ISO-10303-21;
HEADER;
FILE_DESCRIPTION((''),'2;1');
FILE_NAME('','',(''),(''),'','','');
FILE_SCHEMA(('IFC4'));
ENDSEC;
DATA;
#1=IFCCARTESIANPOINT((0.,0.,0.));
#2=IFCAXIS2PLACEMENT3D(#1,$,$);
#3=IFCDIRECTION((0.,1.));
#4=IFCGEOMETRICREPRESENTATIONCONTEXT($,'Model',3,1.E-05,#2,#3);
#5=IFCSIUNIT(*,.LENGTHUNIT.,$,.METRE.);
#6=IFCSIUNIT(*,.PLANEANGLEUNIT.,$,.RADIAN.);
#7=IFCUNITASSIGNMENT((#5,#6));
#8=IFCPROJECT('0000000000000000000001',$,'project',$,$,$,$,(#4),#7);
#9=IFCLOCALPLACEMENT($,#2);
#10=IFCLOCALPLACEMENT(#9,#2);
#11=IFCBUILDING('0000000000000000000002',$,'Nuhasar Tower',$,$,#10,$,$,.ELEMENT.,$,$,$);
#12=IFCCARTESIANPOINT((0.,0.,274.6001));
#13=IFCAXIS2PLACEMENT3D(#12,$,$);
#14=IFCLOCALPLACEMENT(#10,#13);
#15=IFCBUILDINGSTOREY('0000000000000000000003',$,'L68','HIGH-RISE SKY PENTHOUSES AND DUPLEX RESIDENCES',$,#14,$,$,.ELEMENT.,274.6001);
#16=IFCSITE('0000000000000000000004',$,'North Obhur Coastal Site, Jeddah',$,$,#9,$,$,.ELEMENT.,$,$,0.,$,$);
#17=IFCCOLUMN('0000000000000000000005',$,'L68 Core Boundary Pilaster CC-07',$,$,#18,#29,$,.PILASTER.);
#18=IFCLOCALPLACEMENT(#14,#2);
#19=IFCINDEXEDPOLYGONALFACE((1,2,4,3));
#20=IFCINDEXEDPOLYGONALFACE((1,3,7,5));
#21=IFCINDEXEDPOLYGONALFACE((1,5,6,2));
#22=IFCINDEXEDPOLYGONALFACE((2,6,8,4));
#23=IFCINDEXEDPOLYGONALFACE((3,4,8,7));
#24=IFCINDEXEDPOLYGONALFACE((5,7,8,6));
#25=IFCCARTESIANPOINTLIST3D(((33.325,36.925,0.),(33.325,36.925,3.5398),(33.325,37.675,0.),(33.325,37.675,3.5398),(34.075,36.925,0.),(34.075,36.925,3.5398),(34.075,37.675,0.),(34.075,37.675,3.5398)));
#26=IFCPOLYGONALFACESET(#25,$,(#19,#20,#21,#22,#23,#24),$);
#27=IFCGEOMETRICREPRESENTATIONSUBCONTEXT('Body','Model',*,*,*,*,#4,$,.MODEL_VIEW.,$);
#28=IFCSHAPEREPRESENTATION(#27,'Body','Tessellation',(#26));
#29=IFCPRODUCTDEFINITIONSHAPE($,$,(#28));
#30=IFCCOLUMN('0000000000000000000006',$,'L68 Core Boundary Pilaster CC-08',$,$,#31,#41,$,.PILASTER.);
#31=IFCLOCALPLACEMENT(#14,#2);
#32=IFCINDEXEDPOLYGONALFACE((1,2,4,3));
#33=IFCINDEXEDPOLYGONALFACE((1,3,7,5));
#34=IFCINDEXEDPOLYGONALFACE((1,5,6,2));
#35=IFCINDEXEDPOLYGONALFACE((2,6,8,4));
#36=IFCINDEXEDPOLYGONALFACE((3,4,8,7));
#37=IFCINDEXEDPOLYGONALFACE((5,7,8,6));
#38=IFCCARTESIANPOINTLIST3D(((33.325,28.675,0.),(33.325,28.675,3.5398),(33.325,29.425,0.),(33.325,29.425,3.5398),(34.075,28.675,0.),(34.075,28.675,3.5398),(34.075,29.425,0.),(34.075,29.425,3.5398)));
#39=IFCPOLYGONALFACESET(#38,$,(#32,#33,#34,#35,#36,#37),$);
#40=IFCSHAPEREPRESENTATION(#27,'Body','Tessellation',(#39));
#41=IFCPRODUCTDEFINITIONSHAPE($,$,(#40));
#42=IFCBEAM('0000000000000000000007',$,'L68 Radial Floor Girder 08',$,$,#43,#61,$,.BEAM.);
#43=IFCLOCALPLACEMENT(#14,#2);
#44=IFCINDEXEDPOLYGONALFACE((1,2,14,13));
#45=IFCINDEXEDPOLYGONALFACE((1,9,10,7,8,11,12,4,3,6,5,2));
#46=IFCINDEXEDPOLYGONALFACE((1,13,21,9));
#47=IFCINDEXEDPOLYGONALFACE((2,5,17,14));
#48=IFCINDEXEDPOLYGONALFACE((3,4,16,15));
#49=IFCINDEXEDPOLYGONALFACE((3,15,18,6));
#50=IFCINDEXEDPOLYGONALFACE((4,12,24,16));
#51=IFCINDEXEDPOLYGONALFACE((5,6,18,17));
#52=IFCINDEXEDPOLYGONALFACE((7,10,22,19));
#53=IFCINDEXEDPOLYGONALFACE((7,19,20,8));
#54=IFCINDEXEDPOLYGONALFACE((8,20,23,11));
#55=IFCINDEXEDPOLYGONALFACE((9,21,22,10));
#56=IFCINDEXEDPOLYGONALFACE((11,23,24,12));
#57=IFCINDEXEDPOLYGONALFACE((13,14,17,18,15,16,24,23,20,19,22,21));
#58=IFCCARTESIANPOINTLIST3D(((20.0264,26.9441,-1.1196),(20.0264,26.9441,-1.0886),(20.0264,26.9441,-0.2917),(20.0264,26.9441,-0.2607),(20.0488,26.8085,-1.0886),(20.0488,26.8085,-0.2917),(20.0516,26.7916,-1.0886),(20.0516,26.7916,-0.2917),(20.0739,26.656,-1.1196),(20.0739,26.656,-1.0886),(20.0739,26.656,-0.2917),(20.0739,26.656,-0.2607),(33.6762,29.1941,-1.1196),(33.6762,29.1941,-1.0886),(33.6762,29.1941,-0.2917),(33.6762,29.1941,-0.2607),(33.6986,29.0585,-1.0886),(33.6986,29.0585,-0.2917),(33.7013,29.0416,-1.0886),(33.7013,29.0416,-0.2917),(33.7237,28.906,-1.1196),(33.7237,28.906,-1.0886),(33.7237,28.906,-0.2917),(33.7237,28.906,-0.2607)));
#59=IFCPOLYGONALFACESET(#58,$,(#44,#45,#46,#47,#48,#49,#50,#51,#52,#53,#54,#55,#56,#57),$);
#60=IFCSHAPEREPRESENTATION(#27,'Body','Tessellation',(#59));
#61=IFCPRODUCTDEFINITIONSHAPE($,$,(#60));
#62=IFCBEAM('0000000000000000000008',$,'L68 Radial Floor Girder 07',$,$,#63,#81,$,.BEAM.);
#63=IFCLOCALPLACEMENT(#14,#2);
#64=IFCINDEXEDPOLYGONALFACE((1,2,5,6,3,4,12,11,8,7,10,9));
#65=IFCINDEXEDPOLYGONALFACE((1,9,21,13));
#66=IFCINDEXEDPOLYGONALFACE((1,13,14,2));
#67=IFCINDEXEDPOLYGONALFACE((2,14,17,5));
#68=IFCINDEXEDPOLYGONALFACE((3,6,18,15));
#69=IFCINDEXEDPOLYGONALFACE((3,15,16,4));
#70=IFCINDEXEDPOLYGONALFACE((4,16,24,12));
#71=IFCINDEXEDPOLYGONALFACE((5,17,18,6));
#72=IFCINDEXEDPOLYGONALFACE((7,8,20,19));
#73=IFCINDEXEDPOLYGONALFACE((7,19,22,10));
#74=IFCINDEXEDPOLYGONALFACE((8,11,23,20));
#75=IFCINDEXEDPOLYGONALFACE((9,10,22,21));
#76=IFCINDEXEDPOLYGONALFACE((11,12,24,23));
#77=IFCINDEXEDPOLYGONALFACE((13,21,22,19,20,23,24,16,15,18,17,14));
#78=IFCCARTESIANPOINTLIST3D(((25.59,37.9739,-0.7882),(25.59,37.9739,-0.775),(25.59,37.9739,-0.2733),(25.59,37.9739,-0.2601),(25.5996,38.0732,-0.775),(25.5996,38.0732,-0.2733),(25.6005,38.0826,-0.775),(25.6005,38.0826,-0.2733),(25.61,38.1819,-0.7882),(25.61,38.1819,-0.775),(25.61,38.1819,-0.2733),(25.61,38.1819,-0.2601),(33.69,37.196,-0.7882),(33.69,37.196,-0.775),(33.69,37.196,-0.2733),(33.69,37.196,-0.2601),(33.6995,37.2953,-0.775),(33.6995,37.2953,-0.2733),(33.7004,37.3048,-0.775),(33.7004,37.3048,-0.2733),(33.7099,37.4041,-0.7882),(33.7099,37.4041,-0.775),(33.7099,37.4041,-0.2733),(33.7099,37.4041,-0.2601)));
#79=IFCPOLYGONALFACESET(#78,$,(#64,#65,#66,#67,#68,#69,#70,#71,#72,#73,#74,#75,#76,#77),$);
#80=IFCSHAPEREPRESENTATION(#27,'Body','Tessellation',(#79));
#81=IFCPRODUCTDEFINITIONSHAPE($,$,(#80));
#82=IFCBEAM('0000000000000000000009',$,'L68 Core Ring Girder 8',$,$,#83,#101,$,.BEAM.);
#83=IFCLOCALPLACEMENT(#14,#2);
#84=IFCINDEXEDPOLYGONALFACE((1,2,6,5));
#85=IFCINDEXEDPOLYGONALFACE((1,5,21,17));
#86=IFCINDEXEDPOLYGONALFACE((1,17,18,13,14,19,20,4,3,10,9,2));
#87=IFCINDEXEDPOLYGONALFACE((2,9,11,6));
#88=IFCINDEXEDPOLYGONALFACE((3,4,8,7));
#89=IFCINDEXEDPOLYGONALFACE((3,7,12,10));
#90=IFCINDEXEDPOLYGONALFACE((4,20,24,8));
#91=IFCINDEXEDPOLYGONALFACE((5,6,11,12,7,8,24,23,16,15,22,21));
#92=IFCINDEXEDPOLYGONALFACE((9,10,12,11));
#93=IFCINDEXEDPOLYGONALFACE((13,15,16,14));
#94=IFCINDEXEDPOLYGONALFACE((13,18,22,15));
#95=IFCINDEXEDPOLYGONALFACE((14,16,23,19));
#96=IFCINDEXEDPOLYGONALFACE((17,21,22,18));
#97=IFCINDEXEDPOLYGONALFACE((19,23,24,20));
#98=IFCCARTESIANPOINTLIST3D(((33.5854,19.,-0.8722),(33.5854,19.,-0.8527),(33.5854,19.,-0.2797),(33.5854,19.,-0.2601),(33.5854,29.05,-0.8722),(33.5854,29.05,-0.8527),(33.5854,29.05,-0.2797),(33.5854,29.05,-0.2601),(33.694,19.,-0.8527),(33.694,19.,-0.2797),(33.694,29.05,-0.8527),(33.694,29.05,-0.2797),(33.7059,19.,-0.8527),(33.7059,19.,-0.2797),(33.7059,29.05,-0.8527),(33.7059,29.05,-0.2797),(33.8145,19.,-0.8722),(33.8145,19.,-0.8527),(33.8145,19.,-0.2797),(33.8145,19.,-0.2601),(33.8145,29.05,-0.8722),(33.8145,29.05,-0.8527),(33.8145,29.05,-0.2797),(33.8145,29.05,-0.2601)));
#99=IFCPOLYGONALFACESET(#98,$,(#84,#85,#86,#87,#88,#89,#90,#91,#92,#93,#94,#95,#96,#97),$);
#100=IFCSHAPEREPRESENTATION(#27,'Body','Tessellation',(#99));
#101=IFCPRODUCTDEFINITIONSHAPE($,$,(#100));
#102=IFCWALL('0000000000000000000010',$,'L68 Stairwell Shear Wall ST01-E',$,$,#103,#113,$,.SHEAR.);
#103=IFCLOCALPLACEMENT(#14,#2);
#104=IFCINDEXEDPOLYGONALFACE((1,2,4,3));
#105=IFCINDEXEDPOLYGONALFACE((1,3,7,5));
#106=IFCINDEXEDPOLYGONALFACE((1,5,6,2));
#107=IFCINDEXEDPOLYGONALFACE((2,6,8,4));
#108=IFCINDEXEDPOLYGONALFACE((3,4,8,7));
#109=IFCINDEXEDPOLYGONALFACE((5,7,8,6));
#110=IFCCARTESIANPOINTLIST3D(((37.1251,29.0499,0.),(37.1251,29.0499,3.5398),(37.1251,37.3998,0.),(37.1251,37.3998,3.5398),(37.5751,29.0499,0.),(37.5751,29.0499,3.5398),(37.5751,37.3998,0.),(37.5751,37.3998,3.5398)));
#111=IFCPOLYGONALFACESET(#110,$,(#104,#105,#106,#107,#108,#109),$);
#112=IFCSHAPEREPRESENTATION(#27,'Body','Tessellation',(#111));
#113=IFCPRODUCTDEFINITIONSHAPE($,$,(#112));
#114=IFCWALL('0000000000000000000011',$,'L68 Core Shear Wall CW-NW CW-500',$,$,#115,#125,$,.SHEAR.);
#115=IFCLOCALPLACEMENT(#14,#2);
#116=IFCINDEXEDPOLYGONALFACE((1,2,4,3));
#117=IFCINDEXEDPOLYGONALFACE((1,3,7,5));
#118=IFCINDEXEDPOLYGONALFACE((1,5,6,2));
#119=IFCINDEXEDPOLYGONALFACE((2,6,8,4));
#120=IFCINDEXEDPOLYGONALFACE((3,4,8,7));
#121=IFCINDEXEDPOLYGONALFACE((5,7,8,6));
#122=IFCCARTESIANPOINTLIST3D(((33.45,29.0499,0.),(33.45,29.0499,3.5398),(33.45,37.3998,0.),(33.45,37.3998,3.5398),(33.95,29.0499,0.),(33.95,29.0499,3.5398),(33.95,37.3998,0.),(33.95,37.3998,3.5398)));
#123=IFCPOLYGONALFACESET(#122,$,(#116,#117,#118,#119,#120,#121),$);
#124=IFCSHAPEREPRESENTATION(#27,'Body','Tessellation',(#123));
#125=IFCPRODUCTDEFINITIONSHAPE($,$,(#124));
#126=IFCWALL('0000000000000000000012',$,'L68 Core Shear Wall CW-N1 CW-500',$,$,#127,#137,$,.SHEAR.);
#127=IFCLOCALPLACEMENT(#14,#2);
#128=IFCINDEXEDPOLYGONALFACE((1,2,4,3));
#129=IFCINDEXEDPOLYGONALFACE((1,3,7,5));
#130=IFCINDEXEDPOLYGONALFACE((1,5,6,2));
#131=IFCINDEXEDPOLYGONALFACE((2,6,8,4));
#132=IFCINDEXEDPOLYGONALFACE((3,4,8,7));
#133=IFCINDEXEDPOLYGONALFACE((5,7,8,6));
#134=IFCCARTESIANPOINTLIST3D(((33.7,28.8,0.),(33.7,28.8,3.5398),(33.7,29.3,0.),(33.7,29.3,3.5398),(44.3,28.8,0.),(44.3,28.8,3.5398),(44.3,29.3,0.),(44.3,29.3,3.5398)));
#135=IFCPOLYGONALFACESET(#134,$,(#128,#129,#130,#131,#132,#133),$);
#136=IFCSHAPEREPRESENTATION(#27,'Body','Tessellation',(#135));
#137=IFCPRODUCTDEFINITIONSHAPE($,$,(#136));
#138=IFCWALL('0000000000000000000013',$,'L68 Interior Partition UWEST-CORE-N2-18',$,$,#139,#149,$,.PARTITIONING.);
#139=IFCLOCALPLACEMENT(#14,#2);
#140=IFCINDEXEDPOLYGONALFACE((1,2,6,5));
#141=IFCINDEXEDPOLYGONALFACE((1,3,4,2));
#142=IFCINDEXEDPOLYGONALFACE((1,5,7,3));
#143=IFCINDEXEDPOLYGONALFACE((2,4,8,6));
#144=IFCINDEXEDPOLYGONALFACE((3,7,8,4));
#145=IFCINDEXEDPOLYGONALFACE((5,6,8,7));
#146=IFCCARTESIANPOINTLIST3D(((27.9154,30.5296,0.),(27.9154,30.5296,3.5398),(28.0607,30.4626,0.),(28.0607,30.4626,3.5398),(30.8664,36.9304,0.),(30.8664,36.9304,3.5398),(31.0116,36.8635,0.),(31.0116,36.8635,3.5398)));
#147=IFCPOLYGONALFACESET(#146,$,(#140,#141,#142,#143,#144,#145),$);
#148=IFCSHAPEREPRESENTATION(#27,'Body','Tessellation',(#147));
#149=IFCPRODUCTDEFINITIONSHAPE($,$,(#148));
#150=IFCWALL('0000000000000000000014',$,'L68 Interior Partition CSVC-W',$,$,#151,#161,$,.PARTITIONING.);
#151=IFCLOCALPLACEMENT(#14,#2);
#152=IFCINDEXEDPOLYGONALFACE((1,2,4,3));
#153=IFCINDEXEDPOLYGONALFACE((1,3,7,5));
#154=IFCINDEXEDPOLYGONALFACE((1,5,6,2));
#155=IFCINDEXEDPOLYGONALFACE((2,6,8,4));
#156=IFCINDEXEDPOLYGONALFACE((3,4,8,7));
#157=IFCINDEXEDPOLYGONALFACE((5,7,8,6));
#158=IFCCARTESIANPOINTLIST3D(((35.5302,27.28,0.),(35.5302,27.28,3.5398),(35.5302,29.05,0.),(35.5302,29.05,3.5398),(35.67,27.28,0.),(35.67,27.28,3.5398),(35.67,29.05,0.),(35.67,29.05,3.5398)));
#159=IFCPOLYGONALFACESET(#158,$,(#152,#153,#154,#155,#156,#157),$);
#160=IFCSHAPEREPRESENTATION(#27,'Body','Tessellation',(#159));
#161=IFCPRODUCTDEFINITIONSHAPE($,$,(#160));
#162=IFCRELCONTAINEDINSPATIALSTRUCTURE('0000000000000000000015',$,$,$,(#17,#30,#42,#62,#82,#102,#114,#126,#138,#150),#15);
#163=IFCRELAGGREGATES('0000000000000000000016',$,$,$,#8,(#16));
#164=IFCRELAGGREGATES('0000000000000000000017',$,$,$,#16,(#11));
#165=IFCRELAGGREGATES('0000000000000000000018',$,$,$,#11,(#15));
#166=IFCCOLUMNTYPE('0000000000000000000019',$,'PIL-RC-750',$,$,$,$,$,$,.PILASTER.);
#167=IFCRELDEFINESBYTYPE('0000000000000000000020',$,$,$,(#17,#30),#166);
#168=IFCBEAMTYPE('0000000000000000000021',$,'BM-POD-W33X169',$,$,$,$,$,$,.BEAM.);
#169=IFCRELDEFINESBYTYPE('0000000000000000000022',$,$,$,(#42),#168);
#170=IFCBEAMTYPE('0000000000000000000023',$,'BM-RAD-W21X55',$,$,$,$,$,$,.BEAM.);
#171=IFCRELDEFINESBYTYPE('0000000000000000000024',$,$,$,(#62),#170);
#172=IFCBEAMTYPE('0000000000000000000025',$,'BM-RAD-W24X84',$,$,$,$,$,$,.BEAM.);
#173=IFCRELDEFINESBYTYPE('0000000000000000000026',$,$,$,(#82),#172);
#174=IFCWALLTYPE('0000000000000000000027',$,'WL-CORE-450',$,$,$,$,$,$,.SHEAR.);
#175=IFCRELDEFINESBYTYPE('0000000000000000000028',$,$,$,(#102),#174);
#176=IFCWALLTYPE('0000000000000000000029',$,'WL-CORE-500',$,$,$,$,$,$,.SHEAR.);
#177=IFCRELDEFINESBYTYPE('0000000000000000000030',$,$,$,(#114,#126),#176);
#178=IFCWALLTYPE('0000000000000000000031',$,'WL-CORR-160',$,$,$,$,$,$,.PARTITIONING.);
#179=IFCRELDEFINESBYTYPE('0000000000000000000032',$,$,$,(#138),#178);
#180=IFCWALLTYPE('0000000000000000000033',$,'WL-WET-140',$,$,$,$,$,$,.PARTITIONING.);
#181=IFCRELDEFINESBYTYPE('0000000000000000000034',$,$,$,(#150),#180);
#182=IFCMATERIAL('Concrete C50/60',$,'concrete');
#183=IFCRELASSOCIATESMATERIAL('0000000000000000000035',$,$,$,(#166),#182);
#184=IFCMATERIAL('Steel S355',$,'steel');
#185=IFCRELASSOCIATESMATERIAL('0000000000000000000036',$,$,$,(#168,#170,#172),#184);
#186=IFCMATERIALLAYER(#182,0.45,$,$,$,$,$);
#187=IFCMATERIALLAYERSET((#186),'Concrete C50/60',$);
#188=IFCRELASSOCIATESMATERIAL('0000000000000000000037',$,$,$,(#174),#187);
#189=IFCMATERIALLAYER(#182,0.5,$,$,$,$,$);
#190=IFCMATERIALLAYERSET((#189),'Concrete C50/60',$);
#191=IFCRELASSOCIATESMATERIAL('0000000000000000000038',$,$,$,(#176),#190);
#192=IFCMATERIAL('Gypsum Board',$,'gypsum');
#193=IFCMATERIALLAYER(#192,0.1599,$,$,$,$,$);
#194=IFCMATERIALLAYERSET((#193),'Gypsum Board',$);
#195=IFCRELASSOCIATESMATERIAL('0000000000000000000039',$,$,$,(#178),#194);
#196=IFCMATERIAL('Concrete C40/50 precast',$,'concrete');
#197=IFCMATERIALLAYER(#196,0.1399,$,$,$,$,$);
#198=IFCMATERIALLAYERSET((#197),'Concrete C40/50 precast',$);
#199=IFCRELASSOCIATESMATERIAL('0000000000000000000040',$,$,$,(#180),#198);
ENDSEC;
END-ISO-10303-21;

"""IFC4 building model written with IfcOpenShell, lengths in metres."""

from ifc_helpers import new_model, si_unit, direction, frame, frame_2d, origin, origin_2d, place, context, subcontext, project, spatial, rectangle, i_section, extrude, material, layer, layer_set, material_profile, profile_set, type_object, element, save


model = new_model("IFC4")

# Units and contexts
model_context = context("Model", 3, precision=1e-05, world=origin(), true_north=direction((0.0, 1.0)))
body_context = subcontext(model_context, "Body", "Model", "MODEL_VIEW")
ifc_project = project(units=[si_unit("LENGTHUNIT", "METRE"), si_unit("PLANEANGLEUNIT", "RADIAN")], contexts=[model_context])

# Site, building, storey
site_placement = place(None, origin())
site = spatial("IfcSite", under=ifc_project, at=site_placement, Name="North Obhur Coastal Site, Jeddah", CompositionType="ELEMENT", RefElevation=0.0)
building_placement = place(site_placement, origin())
building = spatial("IfcBuilding", under=site, at=building_placement, Name="Nuhasar Tower", CompositionType="ELEMENT")
storey_placement = place(building_placement, frame((0.0, 0.0, 274.6001)))
storey = spatial("IfcBuildingStorey", under=building, at=storey_placement, Name="L68", Description="HIGH-RISE SKY PENTHOUSES AND DUPLEX RESIDENCES", CompositionType="ELEMENT", Elevation=274.6001)

# Columns
ifc_material_1 = material(Name="Concrete C50/60", Category="concrete")
ifc_material_profile_1 = material_profile(ifc_material_1, rectangle(XDim=0.75, YDim=0.75, at=origin_2d()), Name="RC750X750")
ifc_profile_set_1 = profile_set([ifc_material_profile_1], Name="Concrete C50/60")
column_type = type_object("IfcColumnType", Name="PIL-RC-750", PredefinedType="PILASTER", material=ifc_profile_set_1)
for number, where, z_axis, x_axis, name in (
    (1, (33.7, 37.3, 0.0), (0.0, 0.0, 1.0), (1.0, 0.0, 0.0), "L68 Core Boundary Pilaster CC-07"),
    (2, (33.7, 29.05, 0.0), (0.0, 0.0, 1.0), (1.0, 0.0, 0.0), "L68 Core Boundary Pilaster CC-08"),
):
    element("IfcColumn", number, at=place(storey_placement, frame(where, z_axis=z_axis, x_axis=x_axis)), inside=storey, type_object=column_type, Name=name, PredefinedType="PILASTER", context=body_context, shape_type="SweptSolid", body=[
        extrude(rectangle(XDim=0.75, YDim=0.75, at=origin_2d()), origin(), (0.0, 0.0, 1.0), 3.5398),
    ])

# Beams
ifc_material_2 = material(Name="Steel S355", Category="steel")
ifc_material_profile_2 = material_profile(ifc_material_2, i_section(OverallWidth=0.292, OverallDepth=0.8589, WebThickness=0.0171, FlangeThickness=0.031, at=origin_2d()), Name="W33X169")
ifc_profile_set_2 = profile_set([ifc_material_profile_2], Name="Steel S355")
beam_type_1 = type_object("IfcBeamType", Name="BM-POD-W33X169", PredefinedType="BEAM", material=ifc_profile_set_2)
beam_1_placement = place(storey_placement, frame((33.7, 29.05, -0.6902), z_axis=(-0.986685, -0.162642, 0.0), x_axis=(0.162642, -0.986685, 0.0)))
element("IfcBeam", 3, at=beam_1_placement, inside=storey, type_object=beam_type_1, Name="L68 Radial Floor Girder 08", PredefinedType="BEAM", context=body_context, shape_type="SweptSolid", body=[
    extrude(i_section(OverallWidth=0.292, OverallDepth=0.8589, WebThickness=0.0171, FlangeThickness=0.031, at=origin_2d()), origin(), (0.0, 0.0, 1.0), 13.834),
])
ifc_material_profile_3 = material_profile(ifc_material_2, i_section(OverallWidth=0.209, OverallDepth=0.5281, WebThickness=0.0095, FlangeThickness=0.0132, at=origin_2d()), Name="W21X55")
ifc_profile_set_3 = profile_set([ifc_material_profile_3], Name="Steel S355")
beam_type_2 = type_object("IfcBeamType", Name="BM-RAD-W21X55", PredefinedType="BEAM", material=ifc_profile_set_3)
beam_2_placement = place(storey_placement, frame((33.7, 37.3, -0.5242), z_axis=(-0.995421, 0.095591, 0.0), x_axis=(-0.095591, -0.995421, 0.0)))
element("IfcBeam", 4, at=beam_2_placement, inside=storey, type_object=beam_type_2, Name="L68 Radial Floor Girder 07", PredefinedType="BEAM", context=body_context, shape_type="SweptSolid", body=[
    extrude(i_section(OverallWidth=0.209, OverallDepth=0.5281, WebThickness=0.0095, FlangeThickness=0.0132, at=origin_2d()), origin(), (0.0, 0.0, 1.0), 8.1372),
])
ifc_material_profile_4 = material_profile(ifc_material_2, i_section(OverallWidth=0.229, OverallDepth=0.6121, WebThickness=0.012, FlangeThickness=0.0195, at=origin_2d()), Name="W24X84")
ifc_profile_set_4 = profile_set([ifc_material_profile_4], Name="Steel S355")
beam_type_3 = type_object("IfcBeamType", Name="BM-RAD-W24X84", PredefinedType="BEAM", material=ifc_profile_set_4)
beam_3_placement = place(storey_placement, frame((33.7, 29.05, -0.5662), z_axis=(0.0, -1.0, 0.0), x_axis=(1.0, 0.0, 0.0)))
element("IfcBeam", 5, at=beam_3_placement, inside=storey, type_object=beam_type_3, Name="L68 Core Ring Girder 8", PredefinedType="BEAM", context=body_context, shape_type="SweptSolid", body=[
    extrude(i_section(OverallWidth=0.229, OverallDepth=0.6121, WebThickness=0.012, FlangeThickness=0.0195, at=origin_2d()), origin(), (0.0, 0.0, 1.0), 10.05),
])

# Walls
ifc_layer_1 = layer(ifc_material_1, 0.45)
ifc_layer_set_1 = layer_set([ifc_layer_1], Name="Concrete C50/60")
wall_type_1 = type_object("IfcWallType", Name="WL-CORE-450", PredefinedType="SHEAR", material=ifc_layer_set_1)
wall_1_placement = place(storey_placement, frame((37.3501, 29.05, 0.0), z_axis=(0.0, 0.0, 1.0), x_axis=(0.0, 1.0, 0.0)))
element("IfcWall", 6, at=wall_1_placement, inside=storey, type_object=wall_type_1, Name="L68 Stairwell Shear Wall ST01-E", PredefinedType="SHEAR", context=body_context, shape_type="SweptSolid", body=[
    extrude(rectangle(XDim=8.3499, YDim=0.45, at=frame_2d((4.1748, 0.0))), origin(), (0.0, 0.0, 1.0), 3.5398),
])
ifc_layer_2 = layer(ifc_material_1, 0.5)
ifc_layer_set_2 = layer_set([ifc_layer_2], Name="Concrete C50/60")
wall_type_2 = type_object("IfcWallType", Name="WL-CORE-500", PredefinedType="SHEAR", material=ifc_layer_set_2)
wall_2_placement = place(storey_placement, frame((33.7, 29.05, 0.0), z_axis=(0.0, 0.0, 1.0), x_axis=(0.0, 1.0, 0.0)))
element("IfcWall", 7, at=wall_2_placement, inside=storey, type_object=wall_type_2, Name="L68 Core Shear Wall CW-NW CW-500", PredefinedType="SHEAR", context=body_context, shape_type="SweptSolid", body=[
    extrude(rectangle(XDim=8.3499, YDim=0.5, at=frame_2d((4.1748, 0.0))), origin(), (0.0, 0.0, 1.0), 3.5398),
])
wall_3_placement = place(storey_placement, frame((33.7, 29.05, 0.0), z_axis=(0.0, 0.0, 1.0), x_axis=(1.0, 0.0, 0.0)))
element("IfcWall", 8, at=wall_3_placement, inside=storey, type_object=wall_type_2, Name="L68 Core Shear Wall CW-N1 CW-500", PredefinedType="SHEAR", context=body_context, shape_type="SweptSolid", body=[
    extrude(rectangle(XDim=10.6001, YDim=0.5, at=frame_2d((5.3, 0.0))), origin(), (0.0, 0.0, 1.0), 3.5398),
])
ifc_material_3 = material(Name="Gypsum Board", Category="gypsum")
ifc_layer_3 = layer(ifc_material_3, 0.1599)
ifc_layer_set_3 = layer_set([ifc_layer_3], Name="Gypsum Board")
wall_type_3 = type_object("IfcWallType", Name="WL-CORR-160", PredefinedType="PARTITIONING", material=ifc_layer_set_3)
wall_4_placement = place(storey_placement, frame((30.939, 36.897, 0.0), z_axis=(0.0, 0.0, 1.0), x_axis=(-0.418669, -0.908139, 0.0)))
element("IfcWall", 9, at=wall_4_placement, inside=storey, type_object=wall_type_3, Name="L68 Interior Partition UWEST-CORE-N2-18", PredefinedType="PARTITIONING", context=body_context, shape_type="SweptSolid", body=[
    extrude(rectangle(XDim=7.0483, YDim=0.1599, at=frame_2d((3.5242, 0.0))), origin(), (0.0, 0.0, 1.0), 3.5398),
])
ifc_material_4 = material(Name="Concrete C40/50 precast", Category="concrete")
ifc_layer_4 = layer(ifc_material_4, 0.1399)
ifc_layer_set_4 = layer_set([ifc_layer_4], Name="Concrete C40/50 precast")
wall_type_4 = type_object("IfcWallType", Name="WL-WET-140", PredefinedType="PARTITIONING", material=ifc_layer_set_4)
wall_5_placement = place(storey_placement, frame((35.6001, 27.28, 0.0), z_axis=(0.0, 0.0, 1.0), x_axis=(0.0, 1.0, 0.0)))
element("IfcWall", 10, at=wall_5_placement, inside=storey, type_object=wall_type_4, Name="L68 Interior Partition CSVC-W", PredefinedType="PARTITIONING", context=body_context, shape_type="SweptSolid", body=[
    extrude(rectangle(XDim=1.77, YDim=0.1399, at=frame_2d((0.885, 0.0))), origin(), (0.0, 0.0, 1.0), 3.5398),
])

save(model, "model.ifc")
